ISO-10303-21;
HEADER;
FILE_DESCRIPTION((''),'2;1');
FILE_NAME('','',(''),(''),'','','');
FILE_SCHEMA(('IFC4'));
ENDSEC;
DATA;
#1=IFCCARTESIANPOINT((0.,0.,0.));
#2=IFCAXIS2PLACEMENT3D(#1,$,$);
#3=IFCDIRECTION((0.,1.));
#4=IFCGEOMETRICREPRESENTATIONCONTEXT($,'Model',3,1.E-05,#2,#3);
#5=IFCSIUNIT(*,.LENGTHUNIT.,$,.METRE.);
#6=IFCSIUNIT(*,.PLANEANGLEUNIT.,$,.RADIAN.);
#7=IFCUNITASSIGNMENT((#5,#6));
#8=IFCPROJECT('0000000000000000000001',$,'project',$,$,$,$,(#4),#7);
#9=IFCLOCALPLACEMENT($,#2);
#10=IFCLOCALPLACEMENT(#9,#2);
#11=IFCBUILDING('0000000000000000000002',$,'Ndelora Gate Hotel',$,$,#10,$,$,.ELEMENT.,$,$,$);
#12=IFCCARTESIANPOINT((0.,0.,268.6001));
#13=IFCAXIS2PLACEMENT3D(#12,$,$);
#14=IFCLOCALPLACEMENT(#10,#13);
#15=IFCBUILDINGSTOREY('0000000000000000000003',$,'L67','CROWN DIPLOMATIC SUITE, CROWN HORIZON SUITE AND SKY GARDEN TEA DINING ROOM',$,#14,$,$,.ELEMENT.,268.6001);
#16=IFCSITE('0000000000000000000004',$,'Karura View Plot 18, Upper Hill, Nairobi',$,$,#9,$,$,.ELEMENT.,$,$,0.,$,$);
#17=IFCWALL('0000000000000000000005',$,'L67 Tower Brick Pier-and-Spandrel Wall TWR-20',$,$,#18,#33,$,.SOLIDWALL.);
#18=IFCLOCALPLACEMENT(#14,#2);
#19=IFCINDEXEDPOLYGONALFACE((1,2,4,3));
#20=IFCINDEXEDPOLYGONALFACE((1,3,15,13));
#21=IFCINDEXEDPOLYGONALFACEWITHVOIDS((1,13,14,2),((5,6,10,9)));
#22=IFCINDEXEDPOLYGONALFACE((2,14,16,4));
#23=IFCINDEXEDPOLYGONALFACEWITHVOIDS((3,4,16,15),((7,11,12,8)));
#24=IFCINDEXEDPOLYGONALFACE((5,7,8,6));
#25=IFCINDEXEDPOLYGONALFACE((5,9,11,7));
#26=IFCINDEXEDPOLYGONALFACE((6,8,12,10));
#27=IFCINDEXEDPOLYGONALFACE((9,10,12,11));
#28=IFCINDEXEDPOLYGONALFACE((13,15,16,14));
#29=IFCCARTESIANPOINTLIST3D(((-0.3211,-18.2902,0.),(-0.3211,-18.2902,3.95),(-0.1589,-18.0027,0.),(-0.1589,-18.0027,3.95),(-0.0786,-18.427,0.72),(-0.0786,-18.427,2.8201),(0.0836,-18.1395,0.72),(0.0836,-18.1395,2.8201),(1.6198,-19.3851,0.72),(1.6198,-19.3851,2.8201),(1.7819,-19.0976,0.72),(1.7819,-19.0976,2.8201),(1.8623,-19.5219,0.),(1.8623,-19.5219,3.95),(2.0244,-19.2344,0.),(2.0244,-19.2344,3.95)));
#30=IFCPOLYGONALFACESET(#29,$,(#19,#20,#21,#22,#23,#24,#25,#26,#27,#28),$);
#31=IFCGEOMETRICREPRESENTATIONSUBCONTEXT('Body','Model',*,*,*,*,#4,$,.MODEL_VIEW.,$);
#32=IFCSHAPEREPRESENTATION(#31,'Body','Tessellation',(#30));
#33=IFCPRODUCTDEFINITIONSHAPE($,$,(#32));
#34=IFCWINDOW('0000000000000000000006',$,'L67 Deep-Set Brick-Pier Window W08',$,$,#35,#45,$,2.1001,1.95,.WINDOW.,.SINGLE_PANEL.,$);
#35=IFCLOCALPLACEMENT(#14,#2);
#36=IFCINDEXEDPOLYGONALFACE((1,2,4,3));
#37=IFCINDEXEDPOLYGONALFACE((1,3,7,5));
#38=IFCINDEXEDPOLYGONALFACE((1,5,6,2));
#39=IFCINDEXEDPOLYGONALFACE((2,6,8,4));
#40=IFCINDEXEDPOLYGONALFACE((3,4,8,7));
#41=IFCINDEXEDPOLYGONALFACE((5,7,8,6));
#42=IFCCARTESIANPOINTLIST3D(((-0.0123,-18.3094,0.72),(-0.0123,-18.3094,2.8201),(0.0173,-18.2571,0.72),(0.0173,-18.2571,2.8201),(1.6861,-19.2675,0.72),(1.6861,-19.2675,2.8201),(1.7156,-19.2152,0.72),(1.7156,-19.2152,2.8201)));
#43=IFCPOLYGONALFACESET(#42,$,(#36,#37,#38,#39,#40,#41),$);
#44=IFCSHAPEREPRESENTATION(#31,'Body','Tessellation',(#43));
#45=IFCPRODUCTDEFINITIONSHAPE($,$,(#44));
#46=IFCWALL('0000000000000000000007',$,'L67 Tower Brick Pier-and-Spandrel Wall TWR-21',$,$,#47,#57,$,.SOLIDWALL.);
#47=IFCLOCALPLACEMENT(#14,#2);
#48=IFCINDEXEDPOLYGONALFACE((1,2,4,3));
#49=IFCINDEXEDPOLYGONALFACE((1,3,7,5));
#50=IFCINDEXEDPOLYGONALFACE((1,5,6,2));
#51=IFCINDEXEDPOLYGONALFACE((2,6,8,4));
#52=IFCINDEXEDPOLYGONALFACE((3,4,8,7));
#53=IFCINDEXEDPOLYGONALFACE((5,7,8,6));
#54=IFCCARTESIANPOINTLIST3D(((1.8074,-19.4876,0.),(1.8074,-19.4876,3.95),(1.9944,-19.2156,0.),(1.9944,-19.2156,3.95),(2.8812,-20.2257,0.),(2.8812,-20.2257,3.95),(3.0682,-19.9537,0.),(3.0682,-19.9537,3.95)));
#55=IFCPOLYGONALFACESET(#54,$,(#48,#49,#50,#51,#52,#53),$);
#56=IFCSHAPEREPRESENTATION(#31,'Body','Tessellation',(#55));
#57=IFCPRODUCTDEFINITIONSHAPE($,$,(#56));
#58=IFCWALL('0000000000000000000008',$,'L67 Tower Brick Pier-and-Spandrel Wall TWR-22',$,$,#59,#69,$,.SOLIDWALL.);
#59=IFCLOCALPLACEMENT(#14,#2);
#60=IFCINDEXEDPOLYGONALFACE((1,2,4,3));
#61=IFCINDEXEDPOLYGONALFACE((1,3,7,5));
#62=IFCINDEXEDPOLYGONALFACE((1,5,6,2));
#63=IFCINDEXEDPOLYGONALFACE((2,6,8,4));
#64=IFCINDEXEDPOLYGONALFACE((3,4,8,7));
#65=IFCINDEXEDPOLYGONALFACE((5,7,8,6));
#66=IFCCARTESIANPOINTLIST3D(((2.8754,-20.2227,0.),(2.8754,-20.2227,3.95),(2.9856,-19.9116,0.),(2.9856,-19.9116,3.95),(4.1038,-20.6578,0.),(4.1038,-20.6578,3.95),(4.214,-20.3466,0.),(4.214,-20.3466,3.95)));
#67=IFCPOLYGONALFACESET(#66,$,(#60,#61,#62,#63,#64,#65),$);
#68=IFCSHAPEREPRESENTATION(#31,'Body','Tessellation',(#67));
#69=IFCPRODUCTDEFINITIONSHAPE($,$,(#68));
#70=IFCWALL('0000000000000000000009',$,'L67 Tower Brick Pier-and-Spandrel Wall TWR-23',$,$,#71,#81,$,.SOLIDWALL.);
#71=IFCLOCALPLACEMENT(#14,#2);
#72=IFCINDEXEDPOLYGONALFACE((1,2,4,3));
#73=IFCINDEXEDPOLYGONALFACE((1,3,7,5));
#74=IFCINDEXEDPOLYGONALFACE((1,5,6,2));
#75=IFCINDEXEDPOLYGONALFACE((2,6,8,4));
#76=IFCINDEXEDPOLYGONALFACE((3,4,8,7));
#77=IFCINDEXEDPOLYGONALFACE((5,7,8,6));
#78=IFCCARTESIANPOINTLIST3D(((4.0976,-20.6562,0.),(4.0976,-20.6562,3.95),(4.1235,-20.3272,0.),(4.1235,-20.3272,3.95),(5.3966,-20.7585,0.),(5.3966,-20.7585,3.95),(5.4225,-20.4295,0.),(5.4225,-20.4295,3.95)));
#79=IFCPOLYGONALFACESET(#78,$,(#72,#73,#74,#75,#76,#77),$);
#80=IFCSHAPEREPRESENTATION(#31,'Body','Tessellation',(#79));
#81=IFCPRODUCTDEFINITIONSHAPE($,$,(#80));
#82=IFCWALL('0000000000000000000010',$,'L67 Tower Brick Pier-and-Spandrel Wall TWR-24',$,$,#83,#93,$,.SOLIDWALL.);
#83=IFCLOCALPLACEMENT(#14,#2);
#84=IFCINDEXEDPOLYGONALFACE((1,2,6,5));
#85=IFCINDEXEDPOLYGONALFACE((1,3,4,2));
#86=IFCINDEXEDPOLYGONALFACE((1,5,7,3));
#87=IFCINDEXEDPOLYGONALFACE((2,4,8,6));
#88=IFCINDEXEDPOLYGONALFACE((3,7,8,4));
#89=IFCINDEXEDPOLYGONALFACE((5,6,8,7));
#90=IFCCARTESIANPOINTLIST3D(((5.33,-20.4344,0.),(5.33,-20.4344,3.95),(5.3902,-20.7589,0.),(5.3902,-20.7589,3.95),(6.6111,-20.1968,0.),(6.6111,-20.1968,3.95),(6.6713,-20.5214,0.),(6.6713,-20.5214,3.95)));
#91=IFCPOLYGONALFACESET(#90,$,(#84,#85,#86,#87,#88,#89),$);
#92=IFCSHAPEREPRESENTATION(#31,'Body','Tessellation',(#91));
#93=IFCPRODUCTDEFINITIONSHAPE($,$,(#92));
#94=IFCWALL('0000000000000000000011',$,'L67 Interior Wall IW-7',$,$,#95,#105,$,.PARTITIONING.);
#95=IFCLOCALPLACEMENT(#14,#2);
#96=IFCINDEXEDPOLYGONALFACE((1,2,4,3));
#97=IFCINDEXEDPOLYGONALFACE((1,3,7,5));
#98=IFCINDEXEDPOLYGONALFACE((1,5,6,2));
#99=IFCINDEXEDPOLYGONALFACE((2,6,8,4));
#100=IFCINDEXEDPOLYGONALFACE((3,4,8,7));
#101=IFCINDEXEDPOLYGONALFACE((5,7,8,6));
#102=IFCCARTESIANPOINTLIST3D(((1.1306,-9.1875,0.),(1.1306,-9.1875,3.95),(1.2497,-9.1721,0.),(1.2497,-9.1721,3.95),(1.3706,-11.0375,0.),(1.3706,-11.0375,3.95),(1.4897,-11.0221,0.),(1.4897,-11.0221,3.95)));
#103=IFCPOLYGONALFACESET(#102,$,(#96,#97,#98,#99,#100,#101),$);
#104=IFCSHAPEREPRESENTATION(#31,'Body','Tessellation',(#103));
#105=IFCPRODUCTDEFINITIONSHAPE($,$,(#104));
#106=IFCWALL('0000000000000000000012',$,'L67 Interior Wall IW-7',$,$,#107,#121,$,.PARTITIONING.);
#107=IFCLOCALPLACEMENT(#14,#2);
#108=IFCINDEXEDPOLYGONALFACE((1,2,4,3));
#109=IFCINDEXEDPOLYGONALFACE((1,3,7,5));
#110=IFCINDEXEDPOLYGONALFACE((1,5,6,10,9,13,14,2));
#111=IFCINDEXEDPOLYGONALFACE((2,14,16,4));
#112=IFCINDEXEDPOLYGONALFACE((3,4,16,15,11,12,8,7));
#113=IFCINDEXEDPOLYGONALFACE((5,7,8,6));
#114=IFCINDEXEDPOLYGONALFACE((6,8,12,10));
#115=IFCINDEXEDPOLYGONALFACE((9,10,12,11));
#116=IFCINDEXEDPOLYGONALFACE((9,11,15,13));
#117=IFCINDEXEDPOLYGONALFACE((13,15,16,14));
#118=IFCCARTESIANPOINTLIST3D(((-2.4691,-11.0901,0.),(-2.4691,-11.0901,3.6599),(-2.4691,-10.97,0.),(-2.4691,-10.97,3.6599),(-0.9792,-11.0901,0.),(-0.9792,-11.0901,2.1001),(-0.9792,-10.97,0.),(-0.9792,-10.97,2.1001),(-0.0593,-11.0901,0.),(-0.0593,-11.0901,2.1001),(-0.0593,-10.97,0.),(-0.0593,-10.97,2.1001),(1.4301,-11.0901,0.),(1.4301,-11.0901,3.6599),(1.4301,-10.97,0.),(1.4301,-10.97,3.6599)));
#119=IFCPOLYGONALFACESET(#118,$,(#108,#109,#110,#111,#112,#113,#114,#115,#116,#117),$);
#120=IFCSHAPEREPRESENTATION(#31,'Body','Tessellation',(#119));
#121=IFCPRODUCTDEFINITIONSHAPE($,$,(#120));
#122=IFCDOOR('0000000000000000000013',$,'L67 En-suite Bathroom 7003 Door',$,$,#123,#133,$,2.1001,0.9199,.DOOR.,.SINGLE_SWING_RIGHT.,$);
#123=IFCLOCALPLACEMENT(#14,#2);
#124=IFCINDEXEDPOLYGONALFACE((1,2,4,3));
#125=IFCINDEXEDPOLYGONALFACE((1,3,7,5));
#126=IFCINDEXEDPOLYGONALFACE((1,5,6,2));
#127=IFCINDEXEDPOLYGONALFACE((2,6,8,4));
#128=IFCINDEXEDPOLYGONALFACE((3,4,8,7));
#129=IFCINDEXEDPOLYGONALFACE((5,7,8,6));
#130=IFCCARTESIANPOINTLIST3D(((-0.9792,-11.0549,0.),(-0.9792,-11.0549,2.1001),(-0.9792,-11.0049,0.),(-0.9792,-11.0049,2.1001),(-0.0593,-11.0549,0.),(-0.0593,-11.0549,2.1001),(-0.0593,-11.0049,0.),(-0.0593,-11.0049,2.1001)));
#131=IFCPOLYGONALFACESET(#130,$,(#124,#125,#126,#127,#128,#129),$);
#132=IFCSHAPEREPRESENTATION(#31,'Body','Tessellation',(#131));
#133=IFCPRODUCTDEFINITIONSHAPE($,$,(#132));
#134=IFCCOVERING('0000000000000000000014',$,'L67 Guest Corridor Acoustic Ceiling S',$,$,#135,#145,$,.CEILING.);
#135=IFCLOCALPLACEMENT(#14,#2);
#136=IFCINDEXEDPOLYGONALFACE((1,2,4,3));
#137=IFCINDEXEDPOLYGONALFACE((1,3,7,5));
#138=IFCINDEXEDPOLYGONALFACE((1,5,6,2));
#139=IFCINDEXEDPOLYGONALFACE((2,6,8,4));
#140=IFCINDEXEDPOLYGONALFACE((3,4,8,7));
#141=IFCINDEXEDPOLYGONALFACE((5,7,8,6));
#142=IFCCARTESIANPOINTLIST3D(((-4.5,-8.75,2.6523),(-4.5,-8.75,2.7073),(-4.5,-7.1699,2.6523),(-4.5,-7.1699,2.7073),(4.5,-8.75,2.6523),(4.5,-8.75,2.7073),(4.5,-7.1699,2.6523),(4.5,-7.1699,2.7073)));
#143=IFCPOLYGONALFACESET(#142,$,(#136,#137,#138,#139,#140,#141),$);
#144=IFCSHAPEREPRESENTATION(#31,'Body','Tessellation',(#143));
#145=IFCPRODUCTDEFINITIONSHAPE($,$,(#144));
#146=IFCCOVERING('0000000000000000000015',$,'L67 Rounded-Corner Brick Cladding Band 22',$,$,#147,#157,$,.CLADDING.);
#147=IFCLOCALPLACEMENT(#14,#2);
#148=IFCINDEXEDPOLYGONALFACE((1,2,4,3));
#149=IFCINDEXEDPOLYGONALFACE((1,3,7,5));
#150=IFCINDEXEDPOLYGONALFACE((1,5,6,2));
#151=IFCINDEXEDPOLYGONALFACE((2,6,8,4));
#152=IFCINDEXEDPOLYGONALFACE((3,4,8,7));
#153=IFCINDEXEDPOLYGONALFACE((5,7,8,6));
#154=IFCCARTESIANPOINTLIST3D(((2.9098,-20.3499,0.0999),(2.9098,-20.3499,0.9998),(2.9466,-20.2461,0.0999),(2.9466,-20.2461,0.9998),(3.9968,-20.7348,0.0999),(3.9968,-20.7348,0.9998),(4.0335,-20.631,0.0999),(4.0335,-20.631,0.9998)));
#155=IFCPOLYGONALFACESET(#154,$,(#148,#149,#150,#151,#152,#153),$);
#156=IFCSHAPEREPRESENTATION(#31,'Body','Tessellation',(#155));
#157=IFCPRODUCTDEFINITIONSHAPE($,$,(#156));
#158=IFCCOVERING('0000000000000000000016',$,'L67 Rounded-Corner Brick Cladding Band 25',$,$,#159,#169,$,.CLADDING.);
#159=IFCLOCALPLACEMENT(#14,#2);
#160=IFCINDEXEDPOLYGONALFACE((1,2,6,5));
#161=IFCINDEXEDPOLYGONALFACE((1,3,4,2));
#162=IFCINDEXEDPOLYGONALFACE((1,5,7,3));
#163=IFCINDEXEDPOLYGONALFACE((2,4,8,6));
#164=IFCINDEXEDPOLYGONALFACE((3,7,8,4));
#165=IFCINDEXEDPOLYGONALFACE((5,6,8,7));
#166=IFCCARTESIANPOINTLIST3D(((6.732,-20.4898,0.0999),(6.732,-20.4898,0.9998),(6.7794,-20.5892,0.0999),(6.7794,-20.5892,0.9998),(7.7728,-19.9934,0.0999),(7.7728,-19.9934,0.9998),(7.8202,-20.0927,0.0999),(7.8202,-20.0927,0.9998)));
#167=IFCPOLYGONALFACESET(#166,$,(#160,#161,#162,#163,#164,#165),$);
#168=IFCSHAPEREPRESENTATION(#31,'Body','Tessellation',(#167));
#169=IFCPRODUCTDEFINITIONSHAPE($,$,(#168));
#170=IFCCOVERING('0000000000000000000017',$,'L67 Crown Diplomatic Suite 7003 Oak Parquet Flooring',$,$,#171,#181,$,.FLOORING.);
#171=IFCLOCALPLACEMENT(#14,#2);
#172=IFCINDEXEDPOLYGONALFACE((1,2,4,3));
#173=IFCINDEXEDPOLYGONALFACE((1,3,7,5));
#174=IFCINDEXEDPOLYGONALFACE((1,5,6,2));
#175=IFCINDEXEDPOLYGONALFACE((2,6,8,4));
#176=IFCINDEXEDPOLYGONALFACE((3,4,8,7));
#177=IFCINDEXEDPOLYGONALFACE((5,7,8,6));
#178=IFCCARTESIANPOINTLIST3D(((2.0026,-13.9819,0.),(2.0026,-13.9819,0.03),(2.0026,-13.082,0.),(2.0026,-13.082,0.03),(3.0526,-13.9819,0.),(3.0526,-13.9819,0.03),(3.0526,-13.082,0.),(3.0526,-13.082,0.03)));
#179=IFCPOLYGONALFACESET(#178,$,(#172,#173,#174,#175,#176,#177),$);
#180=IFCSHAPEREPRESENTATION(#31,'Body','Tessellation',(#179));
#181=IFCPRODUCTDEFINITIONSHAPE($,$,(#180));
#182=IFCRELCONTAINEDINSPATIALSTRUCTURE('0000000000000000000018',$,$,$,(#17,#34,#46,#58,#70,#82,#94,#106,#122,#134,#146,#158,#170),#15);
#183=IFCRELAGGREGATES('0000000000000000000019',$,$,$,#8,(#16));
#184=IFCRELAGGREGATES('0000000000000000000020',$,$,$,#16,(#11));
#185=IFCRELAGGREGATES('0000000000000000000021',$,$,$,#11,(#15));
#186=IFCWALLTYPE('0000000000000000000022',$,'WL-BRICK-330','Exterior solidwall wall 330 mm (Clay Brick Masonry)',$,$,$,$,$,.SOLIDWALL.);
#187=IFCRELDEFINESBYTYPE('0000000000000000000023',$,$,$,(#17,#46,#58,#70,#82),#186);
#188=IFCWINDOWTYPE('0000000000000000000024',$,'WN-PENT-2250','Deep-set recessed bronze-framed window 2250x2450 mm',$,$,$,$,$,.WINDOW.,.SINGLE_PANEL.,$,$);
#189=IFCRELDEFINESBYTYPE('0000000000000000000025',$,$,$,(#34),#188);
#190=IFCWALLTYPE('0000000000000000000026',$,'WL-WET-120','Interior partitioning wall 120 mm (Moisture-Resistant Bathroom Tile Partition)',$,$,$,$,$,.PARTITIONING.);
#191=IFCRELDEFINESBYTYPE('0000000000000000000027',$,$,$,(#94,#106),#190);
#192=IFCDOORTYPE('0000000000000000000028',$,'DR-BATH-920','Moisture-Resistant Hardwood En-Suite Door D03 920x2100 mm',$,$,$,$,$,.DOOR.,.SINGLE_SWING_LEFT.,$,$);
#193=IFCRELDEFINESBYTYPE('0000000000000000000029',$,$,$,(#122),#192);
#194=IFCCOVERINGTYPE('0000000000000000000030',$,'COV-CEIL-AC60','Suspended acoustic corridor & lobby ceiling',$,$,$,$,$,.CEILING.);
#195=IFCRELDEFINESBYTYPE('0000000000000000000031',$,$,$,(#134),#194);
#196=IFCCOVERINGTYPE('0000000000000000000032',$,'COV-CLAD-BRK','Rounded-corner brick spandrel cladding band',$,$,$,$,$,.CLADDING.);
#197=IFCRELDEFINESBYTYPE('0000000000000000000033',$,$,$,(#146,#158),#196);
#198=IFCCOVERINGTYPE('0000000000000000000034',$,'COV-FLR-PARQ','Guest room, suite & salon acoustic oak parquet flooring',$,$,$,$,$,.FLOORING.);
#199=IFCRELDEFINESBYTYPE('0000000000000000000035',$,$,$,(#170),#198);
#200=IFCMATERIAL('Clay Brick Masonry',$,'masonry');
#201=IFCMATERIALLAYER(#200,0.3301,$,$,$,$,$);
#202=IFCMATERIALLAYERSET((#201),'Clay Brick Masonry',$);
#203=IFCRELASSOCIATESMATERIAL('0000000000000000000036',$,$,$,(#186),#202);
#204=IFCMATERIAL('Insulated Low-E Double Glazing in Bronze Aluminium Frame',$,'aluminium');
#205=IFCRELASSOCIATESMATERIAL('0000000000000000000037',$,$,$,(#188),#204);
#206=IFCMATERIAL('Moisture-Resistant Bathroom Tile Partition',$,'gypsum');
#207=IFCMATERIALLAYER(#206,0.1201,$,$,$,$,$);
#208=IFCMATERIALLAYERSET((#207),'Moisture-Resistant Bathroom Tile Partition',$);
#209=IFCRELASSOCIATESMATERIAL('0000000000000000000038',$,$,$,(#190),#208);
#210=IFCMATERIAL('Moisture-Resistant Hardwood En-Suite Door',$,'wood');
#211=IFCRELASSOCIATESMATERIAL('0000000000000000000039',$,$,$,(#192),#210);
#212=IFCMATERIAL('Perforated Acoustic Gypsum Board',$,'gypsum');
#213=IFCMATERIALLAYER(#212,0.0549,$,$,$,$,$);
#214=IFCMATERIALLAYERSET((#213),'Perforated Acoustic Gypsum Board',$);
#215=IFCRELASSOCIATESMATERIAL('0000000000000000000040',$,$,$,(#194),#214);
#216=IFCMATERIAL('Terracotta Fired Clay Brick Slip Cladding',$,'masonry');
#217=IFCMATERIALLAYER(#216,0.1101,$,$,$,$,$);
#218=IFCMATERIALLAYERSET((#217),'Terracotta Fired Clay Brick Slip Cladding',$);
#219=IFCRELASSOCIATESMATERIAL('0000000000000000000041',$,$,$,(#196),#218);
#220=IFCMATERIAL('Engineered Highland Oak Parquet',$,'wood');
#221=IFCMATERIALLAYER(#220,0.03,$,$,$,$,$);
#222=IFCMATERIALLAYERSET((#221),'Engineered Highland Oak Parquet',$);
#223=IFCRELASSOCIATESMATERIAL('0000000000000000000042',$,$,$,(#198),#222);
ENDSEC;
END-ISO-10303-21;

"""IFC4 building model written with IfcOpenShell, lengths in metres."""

from ifc_helpers import new_model, si_unit, direction, frame, frame_2d, origin, origin_2d, place, context, subcontext, project, spatial, rectangle, extrude, material, layer, layer_set, type_object, element, fill, save


model = new_model("IFC4")

# Units and contexts
model_context = context("Model", 3, precision=1e-05, world=origin(), true_north=direction((0.0, 1.0)))
body_context = subcontext(model_context, "Body", "Model", "MODEL_VIEW")
ifc_project = project(units=[si_unit("LENGTHUNIT", "METRE"), si_unit("PLANEANGLEUNIT", "RADIAN")], contexts=[model_context])

# Site, building, storey
site_placement = place(None, origin())
site = spatial("IfcSite", under=ifc_project, at=site_placement, Name="Karura View Plot 18, Upper Hill, Nairobi", CompositionType="ELEMENT", RefElevation=0.0)
building_placement = place(site_placement, origin())
building = spatial("IfcBuilding", under=site, at=building_placement, Name="Ndelora Gate Hotel", CompositionType="ELEMENT")
storey_placement = place(building_placement, frame((0.0, 0.0, 268.6001)))
storey = spatial("IfcBuildingStorey", under=building, at=storey_placement, Name="L67", Description="CROWN DIPLOMATIC SUITE, CROWN HORIZON SUITE AND SKY GARDEN TEA DINING ROOM", CompositionType="ELEMENT", Elevation=268.6001)

# Wall, opening, window
ifc_material_1 = material(Name="Clay Brick Masonry", Category="masonry")
ifc_layer_1 = layer(ifc_material_1, 0.3301)
ifc_layer_set_1 = layer_set([ifc_layer_1], Name="Clay Brick Masonry")
wall_type_1 = type_object("IfcWallType", Name="WL-BRICK-330", Description="Exterior solidwall wall 330 mm (Clay Brick Masonry)", PredefinedType="SOLIDWALL", material=ifc_layer_set_1)
ifc_material_2 = material(Name="Insulated Low-E Double Glazing in Bronze Aluminium Frame", Category="aluminium")
window_type = type_object("IfcWindowType", Name="WN-PENT-2250", Description="Deep-set recessed bronze-framed window 2250x2450 mm", PartitioningType="SINGLE_PANEL", PredefinedType="WINDOW", material=ifc_material_2)
wall_1_placement = place(storey_placement, frame((1.9434, -19.3782, 0.0), z_axis=(0.0, 0.0, 1.0), x_axis=(-0.870969, 0.491338, 0.0)))
wall_1 = element("IfcWall", 1, at=wall_1_placement, inside=storey, type_object=wall_type_1, Name="L67 Tower Brick Pier-and-Spandrel Wall TWR-20", PredefinedType="SOLIDWALL", context=body_context, shape_type="SweptSolid", body=[
    extrude(rectangle(XDim=2.5068, YDim=0.3301, at=frame_2d((1.2534, 0.0))), origin(), (0.0, 0.0, 1.0), 3.95),
])
opening_1_placement = place(wall_1_placement, frame((0.2783, 0.0, 0.72)))
opening_1 = element("IfcOpeningElement", 2, at=opening_1_placement, cuts=wall_1, PredefinedType="OPENING", context=body_context, shape_type="SweptSolid", body=[
    extrude(rectangle(XDim=1.95, YDim=2.1001, at=frame_2d((0.9751, 1.05))), frame((0.0, 0.175, 0.0), z_axis=(0.0, -1.0, 0.0), x_axis=(1.0, 0.0, 0.0)), (0.0, 0.0, 1.0), 0.3501),
])
window_1_placement = place(opening_1_placement, origin())
window_1 = element("IfcWindow", 3, at=window_1_placement, inside=storey, type_object=window_type, Name="L67 Deep-Set Brick-Pier Window W08", OverallHeight=2.1001, OverallWidth=1.95, PartitioningType="SINGLE_PANEL", PredefinedType="WINDOW", context=body_context, shape_type="SweptSolid", body=[
    extrude(rectangle(XDim=1.95, YDim=2.1001, at=frame_2d((0.9751, 1.05))), frame((0.0, 0.03, 0.0), z_axis=(0.0, -1.0, 0.0), x_axis=(1.0, 0.0, 0.0)), (0.0, 0.0, 1.0), 0.0601),
])
fill(opening_1, window_1)

# Walls
wall_2_placement = place(storey_placement, frame((2.9746, -20.0896, 0.0), z_axis=(0.0, 0.0, 1.0), x_axis=(-0.824097, 0.566449, 0.0)))
element("IfcWall", 4, at=wall_2_placement, inside=storey, type_object=wall_type_1, Name="L67 Tower Brick Pier-and-Spandrel Wall TWR-21", PredefinedType="SOLIDWALL", context=body_context, shape_type="SweptSolid", body=[
    extrude(rectangle(XDim=1.303, YDim=0.3301, at=frame_2d((0.6514, 0.0))), origin(), (0.0, 0.0, 1.0), 3.95),
])
wall_3_placement = place(storey_placement, frame((4.1589, -20.5022, 0.0), z_axis=(0.0, 0.0, 1.0), x_axis=(-0.942637, 0.333819, 0.0)))
element("IfcWall", 5, at=wall_3_placement, inside=storey, type_object=wall_type_1, Name="L67 Tower Brick Pier-and-Spandrel Wall TWR-22", PredefinedType="SOLIDWALL", context=body_context, shape_type="SweptSolid", body=[
    extrude(rectangle(XDim=1.3032, YDim=0.3301, at=frame_2d((0.6516, 0.0))), origin(), (0.0, 0.0, 1.0), 3.95),
])
for number, where, z_axis, x_axis, name in (
    (6, (5.4094, -20.594, 0.0), (0.0, 0.0, 1.0), (-0.996914, 0.078502, 0.0), "L67 Tower Brick Pier-and-Spandrel Wall TWR-23"),
    (7, (6.6411, -20.3591, 0.0), (0.0, 0.0, 1.0), (-0.983243, -0.182297, 0.0), "L67 Tower Brick Pier-and-Spandrel Wall TWR-24"),
):
    element("IfcWall", number, at=place(storey_placement, frame(where, z_axis=z_axis, x_axis=x_axis)), inside=storey, type_object=wall_type_1, Name=name, PredefinedType="SOLIDWALL", context=body_context, shape_type="SweptSolid", body=[
        extrude(rectangle(XDim=1.303, YDim=0.3301, at=frame_2d((0.6514, 0.0))), origin(), (0.0, 0.0, 1.0), 3.95),
    ])
ifc_material_3 = material(Name="Moisture-Resistant Bathroom Tile Partition", Category="gypsum")
ifc_layer_2 = layer(ifc_material_3, 0.1201)
ifc_layer_set_2 = layer_set([ifc_layer_2], Name="Moisture-Resistant Bathroom Tile Partition")
wall_type_2 = type_object("IfcWallType", Name="WL-WET-120", Description="Interior partitioning wall 120 mm (Moisture-Resistant Bathroom Tile Partition)", PredefinedType="PARTITIONING", material=ifc_layer_set_2)
wall_4_placement = place(storey_placement, frame((1.1902, -9.1799, 0.0), z_axis=(0.0, 0.0, 1.0), x_axis=(0.12864, -0.991691, 0.0)))
element("IfcWall", 8, at=wall_4_placement, inside=storey, type_object=wall_type_2, Name="L67 Interior Wall IW-7", PredefinedType="PARTITIONING", context=body_context, shape_type="SweptSolid", body=[
    extrude(rectangle(XDim=1.8655, YDim=0.1201, at=frame_2d((0.9326, 0.0))), origin(), (0.0, 0.0, 1.0), 3.95),
])

# Wall, opening, door
wall_5_placement = place(storey_placement, frame((1.4302, -11.03, 0.0), z_axis=(0.0, 0.0, 1.0), x_axis=(-1.0, 0.0, 0.0)))
wall_5 = element("IfcWall", 9, at=wall_5_placement, inside=storey, type_object=wall_type_2, Name="L67 Interior Wall IW-7", PredefinedType="PARTITIONING", context=body_context, shape_type="SweptSolid", body=[
    extrude(rectangle(XDim=3.8992, YDim=0.1201, at=frame_2d((1.9497, 0.0))), origin(), (0.0, 0.0, 1.0), 3.6599),
])
opening_2_placement = place(wall_5_placement, frame((1.4895, 0.0, 0.0)))
opening_2 = element("IfcOpeningElement", 10, at=opening_2_placement, cuts=wall_5, PredefinedType="OPENING", context=body_context, shape_type="SweptSolid", body=[
    extrude(rectangle(XDim=0.9199, YDim=2.1001, at=frame_2d((0.46, 1.05))), frame((0.0, 0.0701, 0.0), z_axis=(0.0, -1.0, 0.0), x_axis=(1.0, 0.0, 0.0)), (0.0, 0.0, 1.0), 0.1401),
])
ifc_material_4 = material(Name="Moisture-Resistant Hardwood En-Suite Door", Category="wood")
door_type = type_object("IfcDoorType", Name="DR-BATH-920", Description="Moisture-Resistant Hardwood En-Suite Door D03 920x2100 mm", OperationType="SINGLE_SWING_LEFT", PredefinedType="DOOR", material=ifc_material_4)
door_placement = place(opening_2_placement, origin())
door = element("IfcDoor", 11, at=door_placement, inside=storey, type_object=door_type, Name="L67 En-suite Bathroom 7003 Door", OperationType="SINGLE_SWING_RIGHT", OverallHeight=2.1001, OverallWidth=0.9199, PredefinedType="DOOR", context=body_context, shape_type="SweptSolid", body=[
    extrude(rectangle(XDim=0.9199, YDim=2.1001, at=frame_2d((0.46, 1.05))), frame((0.0, 0.0249, 0.0), z_axis=(0.0, -1.0, 0.0), x_axis=(1.0, 0.0, 0.0)), (0.0, 0.0, 1.0), 0.05),
])
fill(opening_2, door)

# Coverings
ifc_material_5 = material(Name="Perforated Acoustic Gypsum Board", Category="gypsum")
ifc_layer_3 = layer(ifc_material_5, 0.0549)
ifc_layer_set_3 = layer_set([ifc_layer_3], Name="Perforated Acoustic Gypsum Board")
covering_type_1 = type_object("IfcCoveringType", Name="COV-CEIL-AC60", Description="Suspended acoustic corridor & lobby ceiling", PredefinedType="CEILING", material=ifc_layer_set_3)
covering_1_placement = place(storey_placement, frame((0.0, -7.96, 2.6523), z_axis=(0.0, 0.0, 1.0), x_axis=(1.0, 0.0, 0.0)))
element("IfcCovering", 12, at=covering_1_placement, inside=storey, type_object=covering_type_1, Name="L67 Guest Corridor Acoustic Ceiling S", PredefinedType="CEILING", context=body_context, shape_type="SweptSolid", body=[
    extrude(rectangle(XDim=9.0, YDim=1.5801, at=origin_2d()), origin(), (0.0, 0.0, 1.0), 0.0549),
])
ifc_material_6 = material(Name="Terracotta Fired Clay Brick Slip Cladding", Category="masonry")
ifc_layer_4 = layer(ifc_material_6, 0.1101)
ifc_layer_set_4 = layer_set([ifc_layer_4], Name="Terracotta Fired Clay Brick Slip Cladding")
covering_type_2 = type_object("IfcCoveringType", Name="COV-CLAD-BRK", Description="Rounded-corner brick spandrel cladding band", PredefinedType="CLADDING", material=ifc_layer_set_4)
for number, where, z_axis, x_axis, name in (
    (13, (3.4717, -20.4905, 0.0999), (0.0, 0.0, 1.0), (-0.942641, 0.333807, 0.0), "L67 Rounded-Corner Brick Cladding Band 22"),
    (14, (7.2761, -20.2913, 0.0999), (0.0, 0.0, 1.0), (0.902585, 0.430511, 0.0), "L67 Rounded-Corner Brick Cladding Band 25"),
):
    element("IfcCovering", number, at=place(storey_placement, frame(where, z_axis=z_axis, x_axis=x_axis)), inside=storey, type_object=covering_type_2, Name=name, PredefinedType="CLADDING", context=body_context, shape_type="SweptSolid", body=[
        extrude(rectangle(XDim=1.1531, YDim=0.1101, at=origin_2d()), origin(), (0.0, 0.0, 1.0), 0.8999),
    ])
ifc_material_7 = material(Name="Engineered Highland Oak Parquet", Category="wood")
ifc_layer_5 = layer(ifc_material_7, 0.03)
ifc_layer_set_5 = layer_set([ifc_layer_5], Name="Engineered Highland Oak Parquet")
covering_type_3 = type_object("IfcCoveringType", Name="COV-FLR-PARQ", Description="Guest room, suite & salon acoustic oak parquet flooring", PredefinedType="FLOORING", material=ifc_layer_set_5)
covering_2_placement = place(storey_placement, frame((2.5276, -13.532, 0.0), z_axis=(0.0, 0.0, 1.0), x_axis=(1.0, 0.0, 0.0)))
element("IfcCovering", 15, at=covering_2_placement, inside=storey, type_object=covering_type_3, Name="L67 Crown Diplomatic Suite 7003 Oak Parquet Flooring", PredefinedType="FLOORING", context=body_context, shape_type="SweptSolid", body=[
    extrude(rectangle(XDim=1.05, YDim=0.8999, at=origin_2d()), origin(), (0.0, 0.0, 1.0), 0.03),
])

save(model, "model.ifc")
